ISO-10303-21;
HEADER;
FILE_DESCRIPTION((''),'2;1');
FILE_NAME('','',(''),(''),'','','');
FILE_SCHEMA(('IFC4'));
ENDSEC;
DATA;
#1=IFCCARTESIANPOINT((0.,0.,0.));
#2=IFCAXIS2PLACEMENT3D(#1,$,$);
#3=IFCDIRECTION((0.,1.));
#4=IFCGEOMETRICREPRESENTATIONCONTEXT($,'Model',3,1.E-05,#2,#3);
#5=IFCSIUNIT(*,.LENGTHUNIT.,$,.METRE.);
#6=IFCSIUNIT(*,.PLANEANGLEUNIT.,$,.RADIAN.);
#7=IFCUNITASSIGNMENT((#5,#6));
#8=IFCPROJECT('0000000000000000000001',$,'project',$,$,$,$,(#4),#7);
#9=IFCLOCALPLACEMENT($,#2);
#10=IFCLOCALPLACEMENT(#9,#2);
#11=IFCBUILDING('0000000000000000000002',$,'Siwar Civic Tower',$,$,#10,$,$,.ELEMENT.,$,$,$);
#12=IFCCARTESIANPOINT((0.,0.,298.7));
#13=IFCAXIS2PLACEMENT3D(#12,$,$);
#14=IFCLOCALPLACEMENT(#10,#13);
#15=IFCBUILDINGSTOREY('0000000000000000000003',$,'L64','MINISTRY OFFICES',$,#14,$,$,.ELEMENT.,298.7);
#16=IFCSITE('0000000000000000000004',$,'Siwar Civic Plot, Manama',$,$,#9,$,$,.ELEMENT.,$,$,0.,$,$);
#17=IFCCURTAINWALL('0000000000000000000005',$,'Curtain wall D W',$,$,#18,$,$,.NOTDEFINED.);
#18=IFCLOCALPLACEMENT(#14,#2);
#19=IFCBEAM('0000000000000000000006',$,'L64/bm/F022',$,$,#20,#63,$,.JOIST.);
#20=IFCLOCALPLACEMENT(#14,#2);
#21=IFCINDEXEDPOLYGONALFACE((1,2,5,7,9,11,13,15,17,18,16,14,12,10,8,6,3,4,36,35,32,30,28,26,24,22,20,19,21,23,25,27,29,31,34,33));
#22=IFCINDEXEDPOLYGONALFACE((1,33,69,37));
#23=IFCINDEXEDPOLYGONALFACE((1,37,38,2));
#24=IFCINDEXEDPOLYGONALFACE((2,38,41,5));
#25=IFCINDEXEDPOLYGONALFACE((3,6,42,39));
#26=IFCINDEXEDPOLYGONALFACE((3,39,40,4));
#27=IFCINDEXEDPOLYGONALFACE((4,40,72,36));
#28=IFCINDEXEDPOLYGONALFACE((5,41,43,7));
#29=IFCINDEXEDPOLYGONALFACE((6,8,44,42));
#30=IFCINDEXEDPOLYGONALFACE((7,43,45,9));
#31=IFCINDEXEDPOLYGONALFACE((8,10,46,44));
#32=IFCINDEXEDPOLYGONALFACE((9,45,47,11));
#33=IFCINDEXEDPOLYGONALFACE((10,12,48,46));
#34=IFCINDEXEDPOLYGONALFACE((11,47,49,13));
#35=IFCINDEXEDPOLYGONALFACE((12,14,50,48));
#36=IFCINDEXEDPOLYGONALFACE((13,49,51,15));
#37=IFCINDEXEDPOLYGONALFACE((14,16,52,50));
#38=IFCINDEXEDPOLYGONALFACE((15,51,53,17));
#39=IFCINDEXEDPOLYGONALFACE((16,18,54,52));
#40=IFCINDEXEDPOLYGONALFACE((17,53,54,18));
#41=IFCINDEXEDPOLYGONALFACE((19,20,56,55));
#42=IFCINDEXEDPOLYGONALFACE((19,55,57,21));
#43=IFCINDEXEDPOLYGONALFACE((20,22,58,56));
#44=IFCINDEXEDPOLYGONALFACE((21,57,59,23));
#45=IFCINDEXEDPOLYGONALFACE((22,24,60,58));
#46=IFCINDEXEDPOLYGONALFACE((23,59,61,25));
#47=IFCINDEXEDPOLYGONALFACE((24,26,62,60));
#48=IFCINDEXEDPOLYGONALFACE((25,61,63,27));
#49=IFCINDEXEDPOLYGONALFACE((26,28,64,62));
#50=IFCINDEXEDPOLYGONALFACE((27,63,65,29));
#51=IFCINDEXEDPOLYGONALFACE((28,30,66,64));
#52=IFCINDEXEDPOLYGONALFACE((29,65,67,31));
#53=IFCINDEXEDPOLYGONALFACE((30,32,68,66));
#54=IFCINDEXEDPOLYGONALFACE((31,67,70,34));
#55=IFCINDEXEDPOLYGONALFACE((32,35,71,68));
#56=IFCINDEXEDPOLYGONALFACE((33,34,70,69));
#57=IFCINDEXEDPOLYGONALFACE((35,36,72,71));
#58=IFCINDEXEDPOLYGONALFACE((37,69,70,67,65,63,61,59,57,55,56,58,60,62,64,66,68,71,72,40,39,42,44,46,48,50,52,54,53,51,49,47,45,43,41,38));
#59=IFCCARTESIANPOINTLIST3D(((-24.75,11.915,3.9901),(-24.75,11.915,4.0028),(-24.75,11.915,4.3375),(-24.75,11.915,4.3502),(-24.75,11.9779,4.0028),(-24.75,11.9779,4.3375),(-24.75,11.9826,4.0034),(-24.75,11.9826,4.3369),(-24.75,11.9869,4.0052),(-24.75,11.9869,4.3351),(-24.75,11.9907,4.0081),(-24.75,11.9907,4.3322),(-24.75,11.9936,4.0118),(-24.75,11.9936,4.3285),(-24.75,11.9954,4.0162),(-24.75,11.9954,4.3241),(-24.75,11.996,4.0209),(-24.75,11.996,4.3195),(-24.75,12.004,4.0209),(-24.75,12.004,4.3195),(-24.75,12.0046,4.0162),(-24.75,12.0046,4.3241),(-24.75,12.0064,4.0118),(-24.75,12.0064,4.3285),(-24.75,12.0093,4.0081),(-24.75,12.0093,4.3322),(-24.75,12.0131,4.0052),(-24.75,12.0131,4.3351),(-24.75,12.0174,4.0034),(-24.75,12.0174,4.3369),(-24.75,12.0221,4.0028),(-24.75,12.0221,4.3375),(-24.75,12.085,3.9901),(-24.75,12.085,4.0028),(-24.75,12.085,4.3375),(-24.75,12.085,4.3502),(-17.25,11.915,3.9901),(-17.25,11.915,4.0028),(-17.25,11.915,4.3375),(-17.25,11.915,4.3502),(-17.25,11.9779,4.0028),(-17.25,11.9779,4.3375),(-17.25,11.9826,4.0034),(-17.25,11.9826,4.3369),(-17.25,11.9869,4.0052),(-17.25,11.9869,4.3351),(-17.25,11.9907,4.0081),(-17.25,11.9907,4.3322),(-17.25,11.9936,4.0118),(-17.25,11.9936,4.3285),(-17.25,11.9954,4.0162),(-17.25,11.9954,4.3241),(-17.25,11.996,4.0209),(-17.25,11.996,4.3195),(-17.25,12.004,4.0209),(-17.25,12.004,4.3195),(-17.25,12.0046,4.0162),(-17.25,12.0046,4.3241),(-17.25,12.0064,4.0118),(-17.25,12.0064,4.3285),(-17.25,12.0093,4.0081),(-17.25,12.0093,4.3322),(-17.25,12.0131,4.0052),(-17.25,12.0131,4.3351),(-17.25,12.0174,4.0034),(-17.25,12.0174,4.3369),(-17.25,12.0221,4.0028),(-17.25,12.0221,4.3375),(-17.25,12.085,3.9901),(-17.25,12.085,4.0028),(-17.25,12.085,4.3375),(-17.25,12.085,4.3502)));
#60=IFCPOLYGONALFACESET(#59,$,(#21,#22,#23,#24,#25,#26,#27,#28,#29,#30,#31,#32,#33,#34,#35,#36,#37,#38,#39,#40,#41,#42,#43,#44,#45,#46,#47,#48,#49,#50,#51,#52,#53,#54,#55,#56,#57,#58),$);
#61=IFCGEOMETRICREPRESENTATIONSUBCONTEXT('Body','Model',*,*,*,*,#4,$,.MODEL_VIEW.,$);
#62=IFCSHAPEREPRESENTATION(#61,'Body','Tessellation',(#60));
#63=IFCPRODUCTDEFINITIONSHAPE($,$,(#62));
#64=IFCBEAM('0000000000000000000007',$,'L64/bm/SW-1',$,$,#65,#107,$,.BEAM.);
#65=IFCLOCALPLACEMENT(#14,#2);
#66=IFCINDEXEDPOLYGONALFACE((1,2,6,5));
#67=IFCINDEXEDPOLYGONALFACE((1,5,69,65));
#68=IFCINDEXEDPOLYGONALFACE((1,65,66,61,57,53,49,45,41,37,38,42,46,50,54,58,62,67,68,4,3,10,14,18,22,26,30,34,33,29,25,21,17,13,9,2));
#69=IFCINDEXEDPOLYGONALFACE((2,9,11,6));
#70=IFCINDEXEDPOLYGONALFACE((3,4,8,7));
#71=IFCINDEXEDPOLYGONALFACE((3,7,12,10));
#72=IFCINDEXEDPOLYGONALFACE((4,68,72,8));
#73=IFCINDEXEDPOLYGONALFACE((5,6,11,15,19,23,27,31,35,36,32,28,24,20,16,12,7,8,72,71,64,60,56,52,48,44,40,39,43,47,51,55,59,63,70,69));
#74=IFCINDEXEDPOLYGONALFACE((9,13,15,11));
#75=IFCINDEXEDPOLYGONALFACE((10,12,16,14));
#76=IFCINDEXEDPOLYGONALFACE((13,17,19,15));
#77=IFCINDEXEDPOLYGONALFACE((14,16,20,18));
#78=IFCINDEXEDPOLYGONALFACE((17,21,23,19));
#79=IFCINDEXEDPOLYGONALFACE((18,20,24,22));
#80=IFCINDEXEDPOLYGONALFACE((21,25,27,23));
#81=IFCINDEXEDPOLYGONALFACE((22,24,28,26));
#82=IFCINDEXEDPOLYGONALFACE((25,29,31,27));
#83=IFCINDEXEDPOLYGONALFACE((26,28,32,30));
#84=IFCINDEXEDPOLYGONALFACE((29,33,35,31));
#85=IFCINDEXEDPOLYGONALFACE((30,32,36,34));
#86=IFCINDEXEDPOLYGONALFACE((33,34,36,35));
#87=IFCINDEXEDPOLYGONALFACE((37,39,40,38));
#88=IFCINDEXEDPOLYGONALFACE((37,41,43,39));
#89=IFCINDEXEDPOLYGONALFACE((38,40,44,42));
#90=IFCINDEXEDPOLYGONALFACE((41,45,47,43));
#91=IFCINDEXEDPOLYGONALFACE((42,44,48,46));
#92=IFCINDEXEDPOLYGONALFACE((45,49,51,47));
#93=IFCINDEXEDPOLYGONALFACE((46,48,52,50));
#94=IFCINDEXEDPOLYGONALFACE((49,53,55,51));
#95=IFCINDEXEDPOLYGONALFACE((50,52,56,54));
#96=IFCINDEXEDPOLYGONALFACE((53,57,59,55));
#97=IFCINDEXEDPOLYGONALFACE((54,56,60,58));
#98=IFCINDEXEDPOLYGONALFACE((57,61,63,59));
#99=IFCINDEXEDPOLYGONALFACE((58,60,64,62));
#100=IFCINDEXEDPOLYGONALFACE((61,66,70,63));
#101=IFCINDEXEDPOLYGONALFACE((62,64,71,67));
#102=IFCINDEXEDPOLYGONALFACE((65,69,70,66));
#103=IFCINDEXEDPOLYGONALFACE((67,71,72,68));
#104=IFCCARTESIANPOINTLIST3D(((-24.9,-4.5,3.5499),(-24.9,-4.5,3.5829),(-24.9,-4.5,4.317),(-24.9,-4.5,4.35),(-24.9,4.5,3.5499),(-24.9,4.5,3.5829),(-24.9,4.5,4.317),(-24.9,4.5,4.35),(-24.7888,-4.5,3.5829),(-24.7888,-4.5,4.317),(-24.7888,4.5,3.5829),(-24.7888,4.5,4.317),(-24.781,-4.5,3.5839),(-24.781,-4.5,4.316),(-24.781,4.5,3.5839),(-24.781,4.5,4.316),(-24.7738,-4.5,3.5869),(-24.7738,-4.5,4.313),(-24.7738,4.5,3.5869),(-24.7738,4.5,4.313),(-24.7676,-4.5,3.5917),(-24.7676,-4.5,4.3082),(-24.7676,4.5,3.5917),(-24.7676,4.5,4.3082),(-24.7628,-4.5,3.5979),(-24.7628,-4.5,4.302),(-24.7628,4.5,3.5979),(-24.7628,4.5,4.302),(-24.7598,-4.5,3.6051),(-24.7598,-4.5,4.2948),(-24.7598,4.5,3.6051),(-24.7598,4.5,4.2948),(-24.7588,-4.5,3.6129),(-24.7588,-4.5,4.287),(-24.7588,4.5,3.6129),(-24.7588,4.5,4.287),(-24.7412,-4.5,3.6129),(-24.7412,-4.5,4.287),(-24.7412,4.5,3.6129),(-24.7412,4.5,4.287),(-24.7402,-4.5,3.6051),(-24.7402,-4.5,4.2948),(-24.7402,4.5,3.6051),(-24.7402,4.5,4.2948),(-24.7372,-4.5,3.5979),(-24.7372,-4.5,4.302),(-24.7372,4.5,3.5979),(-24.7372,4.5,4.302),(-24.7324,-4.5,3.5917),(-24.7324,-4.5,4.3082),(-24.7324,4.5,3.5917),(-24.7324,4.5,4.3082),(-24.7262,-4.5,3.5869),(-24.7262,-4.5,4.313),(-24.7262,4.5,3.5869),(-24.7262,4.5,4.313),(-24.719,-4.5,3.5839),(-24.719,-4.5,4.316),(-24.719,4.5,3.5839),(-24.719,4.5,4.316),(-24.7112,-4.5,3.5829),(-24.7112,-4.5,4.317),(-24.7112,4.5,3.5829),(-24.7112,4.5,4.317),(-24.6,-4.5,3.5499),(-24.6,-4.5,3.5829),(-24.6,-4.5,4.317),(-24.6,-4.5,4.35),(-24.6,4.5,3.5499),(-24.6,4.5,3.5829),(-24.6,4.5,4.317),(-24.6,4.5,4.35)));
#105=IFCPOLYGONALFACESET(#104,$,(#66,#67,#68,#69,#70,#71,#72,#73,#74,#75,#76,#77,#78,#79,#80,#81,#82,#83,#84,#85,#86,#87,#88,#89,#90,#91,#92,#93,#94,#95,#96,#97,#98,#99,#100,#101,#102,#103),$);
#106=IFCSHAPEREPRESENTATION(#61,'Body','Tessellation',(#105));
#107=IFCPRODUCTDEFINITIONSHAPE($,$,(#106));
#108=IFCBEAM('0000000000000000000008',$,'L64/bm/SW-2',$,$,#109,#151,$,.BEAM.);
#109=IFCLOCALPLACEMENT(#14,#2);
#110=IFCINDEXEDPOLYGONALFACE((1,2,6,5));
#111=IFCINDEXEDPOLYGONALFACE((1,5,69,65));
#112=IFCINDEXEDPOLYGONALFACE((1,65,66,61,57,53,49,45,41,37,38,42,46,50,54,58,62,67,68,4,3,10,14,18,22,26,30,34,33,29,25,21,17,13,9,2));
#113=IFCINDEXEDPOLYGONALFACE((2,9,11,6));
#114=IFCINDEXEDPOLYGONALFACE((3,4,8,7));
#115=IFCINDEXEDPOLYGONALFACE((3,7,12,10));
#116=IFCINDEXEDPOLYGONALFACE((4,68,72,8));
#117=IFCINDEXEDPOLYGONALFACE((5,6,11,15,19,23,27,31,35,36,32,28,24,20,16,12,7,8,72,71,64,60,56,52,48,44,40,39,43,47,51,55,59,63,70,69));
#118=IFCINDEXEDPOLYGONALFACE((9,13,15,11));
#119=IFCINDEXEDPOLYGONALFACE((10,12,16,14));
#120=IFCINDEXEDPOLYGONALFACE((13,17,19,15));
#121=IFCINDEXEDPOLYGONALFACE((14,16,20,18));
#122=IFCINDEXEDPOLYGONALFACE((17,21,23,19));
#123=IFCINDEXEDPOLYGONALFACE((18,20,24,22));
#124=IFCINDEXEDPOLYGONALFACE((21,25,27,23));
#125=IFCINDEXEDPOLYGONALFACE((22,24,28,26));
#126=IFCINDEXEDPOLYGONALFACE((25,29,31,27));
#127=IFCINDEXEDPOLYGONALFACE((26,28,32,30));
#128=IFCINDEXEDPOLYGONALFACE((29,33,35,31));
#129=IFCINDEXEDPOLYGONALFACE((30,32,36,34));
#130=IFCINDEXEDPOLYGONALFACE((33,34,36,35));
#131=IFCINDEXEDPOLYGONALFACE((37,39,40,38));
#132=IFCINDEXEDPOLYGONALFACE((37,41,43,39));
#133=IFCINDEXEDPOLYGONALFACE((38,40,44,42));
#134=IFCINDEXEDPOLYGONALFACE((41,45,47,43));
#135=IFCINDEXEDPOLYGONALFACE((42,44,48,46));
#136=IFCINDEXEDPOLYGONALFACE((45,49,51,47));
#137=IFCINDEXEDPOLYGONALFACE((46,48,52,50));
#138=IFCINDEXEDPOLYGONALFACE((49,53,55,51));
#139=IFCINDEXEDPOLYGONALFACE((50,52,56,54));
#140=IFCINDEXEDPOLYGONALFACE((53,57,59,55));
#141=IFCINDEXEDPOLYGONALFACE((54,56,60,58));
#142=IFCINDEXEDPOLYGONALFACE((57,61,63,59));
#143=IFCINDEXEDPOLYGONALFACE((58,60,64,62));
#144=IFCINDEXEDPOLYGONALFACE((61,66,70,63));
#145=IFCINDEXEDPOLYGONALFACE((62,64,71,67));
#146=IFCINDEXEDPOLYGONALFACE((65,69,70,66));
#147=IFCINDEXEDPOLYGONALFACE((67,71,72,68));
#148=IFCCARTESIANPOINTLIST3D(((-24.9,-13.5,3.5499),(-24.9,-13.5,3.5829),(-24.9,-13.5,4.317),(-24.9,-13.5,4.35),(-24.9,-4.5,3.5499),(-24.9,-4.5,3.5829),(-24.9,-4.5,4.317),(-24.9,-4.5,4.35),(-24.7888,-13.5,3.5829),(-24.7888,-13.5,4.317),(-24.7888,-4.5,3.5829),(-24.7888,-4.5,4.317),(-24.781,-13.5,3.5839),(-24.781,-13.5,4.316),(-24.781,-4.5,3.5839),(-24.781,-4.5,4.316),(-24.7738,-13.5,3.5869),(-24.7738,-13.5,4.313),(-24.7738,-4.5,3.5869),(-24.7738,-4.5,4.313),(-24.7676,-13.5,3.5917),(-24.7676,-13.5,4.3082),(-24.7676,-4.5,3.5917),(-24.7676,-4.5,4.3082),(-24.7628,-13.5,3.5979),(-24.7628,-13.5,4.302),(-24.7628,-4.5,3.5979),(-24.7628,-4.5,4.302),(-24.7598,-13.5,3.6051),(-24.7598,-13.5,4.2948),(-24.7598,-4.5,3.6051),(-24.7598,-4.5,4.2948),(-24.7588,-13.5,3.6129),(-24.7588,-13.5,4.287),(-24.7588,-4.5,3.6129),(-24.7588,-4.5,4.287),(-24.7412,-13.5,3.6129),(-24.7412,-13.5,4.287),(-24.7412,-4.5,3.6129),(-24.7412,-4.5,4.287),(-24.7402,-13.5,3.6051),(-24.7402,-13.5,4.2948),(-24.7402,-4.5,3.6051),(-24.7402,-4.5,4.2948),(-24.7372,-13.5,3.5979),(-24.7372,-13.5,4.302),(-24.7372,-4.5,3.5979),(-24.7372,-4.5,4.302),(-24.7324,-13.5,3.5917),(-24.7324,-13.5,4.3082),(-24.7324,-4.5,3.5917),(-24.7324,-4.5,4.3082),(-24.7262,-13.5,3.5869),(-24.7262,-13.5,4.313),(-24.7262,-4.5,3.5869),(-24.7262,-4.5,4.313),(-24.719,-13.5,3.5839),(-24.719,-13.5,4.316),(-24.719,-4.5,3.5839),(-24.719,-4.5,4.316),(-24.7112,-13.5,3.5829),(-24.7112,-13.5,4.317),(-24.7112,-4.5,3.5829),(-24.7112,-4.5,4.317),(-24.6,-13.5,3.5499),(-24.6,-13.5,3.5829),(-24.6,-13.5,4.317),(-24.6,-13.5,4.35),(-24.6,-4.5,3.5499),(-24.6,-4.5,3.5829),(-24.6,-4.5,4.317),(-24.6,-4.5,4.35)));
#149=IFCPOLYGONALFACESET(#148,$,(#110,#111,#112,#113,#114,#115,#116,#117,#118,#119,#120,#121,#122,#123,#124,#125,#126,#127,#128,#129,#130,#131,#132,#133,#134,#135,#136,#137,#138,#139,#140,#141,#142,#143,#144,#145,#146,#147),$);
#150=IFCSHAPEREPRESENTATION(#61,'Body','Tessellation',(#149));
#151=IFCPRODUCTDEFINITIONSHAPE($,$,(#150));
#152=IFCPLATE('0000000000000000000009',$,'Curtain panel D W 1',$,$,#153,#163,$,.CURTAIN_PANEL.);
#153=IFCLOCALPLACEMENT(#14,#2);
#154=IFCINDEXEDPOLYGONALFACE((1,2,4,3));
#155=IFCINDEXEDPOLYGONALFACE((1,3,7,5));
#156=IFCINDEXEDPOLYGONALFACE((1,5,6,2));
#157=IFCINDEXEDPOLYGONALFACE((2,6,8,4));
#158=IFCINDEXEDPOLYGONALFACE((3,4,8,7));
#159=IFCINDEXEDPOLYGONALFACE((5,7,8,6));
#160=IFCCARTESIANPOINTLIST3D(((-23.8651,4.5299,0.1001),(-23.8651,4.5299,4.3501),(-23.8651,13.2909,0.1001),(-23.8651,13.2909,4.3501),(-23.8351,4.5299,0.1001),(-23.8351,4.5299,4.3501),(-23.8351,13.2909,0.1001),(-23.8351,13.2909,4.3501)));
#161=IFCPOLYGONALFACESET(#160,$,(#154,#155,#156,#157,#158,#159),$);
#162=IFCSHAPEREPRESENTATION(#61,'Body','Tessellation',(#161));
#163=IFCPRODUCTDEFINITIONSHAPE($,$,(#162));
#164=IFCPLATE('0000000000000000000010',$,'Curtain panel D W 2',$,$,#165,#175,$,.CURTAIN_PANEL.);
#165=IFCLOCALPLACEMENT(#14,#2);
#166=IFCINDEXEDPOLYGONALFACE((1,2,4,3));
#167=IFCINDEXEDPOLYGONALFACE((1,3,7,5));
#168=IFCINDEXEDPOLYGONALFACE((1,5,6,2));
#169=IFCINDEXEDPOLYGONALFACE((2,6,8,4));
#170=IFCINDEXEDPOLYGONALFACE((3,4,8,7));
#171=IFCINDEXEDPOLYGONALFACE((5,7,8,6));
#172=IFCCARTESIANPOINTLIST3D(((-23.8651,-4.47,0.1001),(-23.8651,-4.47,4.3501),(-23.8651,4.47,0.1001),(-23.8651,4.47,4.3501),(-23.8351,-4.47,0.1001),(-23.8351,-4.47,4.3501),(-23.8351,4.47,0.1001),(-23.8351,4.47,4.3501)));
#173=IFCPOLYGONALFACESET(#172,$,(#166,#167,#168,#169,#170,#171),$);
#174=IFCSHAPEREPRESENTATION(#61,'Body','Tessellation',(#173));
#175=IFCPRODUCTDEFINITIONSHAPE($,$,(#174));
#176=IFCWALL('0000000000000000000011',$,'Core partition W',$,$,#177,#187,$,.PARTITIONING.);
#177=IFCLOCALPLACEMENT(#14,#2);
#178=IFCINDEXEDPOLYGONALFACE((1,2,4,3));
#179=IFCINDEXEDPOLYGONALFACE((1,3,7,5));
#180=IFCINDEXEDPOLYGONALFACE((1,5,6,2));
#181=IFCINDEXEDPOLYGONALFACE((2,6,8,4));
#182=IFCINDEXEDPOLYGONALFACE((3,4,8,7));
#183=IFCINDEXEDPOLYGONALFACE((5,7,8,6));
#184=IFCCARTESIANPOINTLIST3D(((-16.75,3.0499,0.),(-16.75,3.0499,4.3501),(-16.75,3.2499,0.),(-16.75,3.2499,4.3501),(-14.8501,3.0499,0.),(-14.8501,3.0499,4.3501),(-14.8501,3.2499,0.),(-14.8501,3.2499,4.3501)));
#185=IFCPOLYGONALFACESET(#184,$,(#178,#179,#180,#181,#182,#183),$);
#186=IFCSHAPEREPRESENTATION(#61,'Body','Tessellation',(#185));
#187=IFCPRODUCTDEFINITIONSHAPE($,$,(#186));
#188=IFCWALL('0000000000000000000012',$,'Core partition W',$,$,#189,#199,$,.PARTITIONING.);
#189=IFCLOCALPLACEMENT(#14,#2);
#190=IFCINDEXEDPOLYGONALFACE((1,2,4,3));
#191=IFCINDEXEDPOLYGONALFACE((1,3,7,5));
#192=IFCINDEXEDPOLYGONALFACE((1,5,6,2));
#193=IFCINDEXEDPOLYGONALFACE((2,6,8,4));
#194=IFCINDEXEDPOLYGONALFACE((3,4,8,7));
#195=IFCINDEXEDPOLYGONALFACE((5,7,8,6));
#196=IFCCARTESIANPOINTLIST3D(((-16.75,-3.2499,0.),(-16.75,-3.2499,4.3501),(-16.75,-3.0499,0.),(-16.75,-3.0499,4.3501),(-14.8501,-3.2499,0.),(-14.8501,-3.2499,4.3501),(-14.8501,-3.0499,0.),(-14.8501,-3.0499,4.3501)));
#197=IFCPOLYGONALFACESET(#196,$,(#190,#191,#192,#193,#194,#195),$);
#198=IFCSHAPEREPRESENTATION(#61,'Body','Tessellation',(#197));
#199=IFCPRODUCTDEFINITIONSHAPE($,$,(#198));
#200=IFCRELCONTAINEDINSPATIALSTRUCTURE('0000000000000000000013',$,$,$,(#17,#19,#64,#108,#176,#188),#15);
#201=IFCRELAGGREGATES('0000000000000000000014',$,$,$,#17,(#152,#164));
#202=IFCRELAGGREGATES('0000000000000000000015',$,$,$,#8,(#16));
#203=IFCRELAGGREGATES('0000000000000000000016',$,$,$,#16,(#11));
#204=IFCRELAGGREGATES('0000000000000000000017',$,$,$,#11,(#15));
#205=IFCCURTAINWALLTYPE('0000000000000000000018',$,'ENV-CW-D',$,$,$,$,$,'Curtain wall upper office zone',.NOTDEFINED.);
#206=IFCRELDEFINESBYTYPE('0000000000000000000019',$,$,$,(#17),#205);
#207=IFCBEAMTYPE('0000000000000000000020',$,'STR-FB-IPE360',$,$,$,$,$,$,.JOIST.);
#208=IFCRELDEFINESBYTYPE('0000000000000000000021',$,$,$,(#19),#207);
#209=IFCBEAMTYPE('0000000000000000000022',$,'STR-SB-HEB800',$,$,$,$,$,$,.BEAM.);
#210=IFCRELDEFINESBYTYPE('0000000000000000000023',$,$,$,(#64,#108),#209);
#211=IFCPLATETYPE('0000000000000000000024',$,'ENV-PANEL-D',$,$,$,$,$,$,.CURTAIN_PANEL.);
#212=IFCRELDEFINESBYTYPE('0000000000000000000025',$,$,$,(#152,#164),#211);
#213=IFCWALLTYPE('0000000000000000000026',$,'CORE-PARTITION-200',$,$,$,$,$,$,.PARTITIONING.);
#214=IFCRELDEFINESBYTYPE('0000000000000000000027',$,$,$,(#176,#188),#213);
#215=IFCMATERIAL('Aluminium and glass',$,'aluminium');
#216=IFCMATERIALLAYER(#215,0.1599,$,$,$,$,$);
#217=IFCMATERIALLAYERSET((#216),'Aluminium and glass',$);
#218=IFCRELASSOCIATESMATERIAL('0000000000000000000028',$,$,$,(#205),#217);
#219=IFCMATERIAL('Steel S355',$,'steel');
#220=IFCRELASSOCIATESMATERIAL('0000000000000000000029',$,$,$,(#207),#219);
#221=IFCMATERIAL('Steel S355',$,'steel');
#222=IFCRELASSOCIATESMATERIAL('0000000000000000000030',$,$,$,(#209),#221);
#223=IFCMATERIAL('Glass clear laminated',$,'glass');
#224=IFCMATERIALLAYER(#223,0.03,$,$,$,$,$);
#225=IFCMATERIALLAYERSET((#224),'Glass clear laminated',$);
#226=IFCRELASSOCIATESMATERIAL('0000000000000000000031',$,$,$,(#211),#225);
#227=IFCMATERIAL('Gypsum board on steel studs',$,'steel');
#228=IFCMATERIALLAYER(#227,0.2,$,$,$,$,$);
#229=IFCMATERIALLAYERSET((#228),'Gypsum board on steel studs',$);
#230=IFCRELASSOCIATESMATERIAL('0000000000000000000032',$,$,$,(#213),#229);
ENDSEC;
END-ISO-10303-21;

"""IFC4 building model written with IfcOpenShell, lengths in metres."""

from ifc_helpers import new_model, si_unit, direction, frame, frame_2d, origin, origin_2d, place, context, subcontext, project, spatial, rectangle, i_section, extrude, material, layer, layer_set, material_profile, profile_set, type_object, element, aggregate, save


model = new_model("IFC4")

# Units and contexts
model_context = context("Model", 3, precision=1e-05, world=origin(), true_north=direction((0.0, 1.0)))
body_context = subcontext(model_context, "Body", "Model", "MODEL_VIEW")
ifc_project = project(units=[si_unit("LENGTHUNIT", "METRE"), si_unit("PLANEANGLEUNIT", "RADIAN")], contexts=[model_context])

# Site, building, storey
site_placement = place(None, origin())
site = spatial("IfcSite", under=ifc_project, at=site_placement, Name="Siwar Civic Plot, Manama", CompositionType="ELEMENT", RefElevation=0.0)
building_placement = place(site_placement, origin())
building = spatial("IfcBuilding", under=site, at=building_placement, Name="Siwar Civic Tower", CompositionType="ELEMENT")
storey_placement = place(building_placement, frame((0.0, 0.0, 298.7)))
storey = spatial("IfcBuildingStorey", under=building, at=storey_placement, Name="L64", Description="MINISTRY OFFICES", CompositionType="ELEMENT", Elevation=298.7)

# Curtain wall
ifc_material_1 = material(Name="Aluminium and glass", Category="aluminium")
ifc_layer_1 = layer(ifc_material_1, 0.1599)
ifc_layer_set_1 = layer_set([ifc_layer_1], Name="Aluminium and glass")
curtain_wall_type = type_object("IfcCurtainWallType", Name="ENV-CW-D", ElementType="Curtain wall upper office zone", PredefinedType="NOTDEFINED", material=ifc_layer_set_1)
curtain_wall_placement = place(storey_placement, origin())
curtain_wall = element("IfcCurtainWall", 1, at=curtain_wall_placement, inside=storey, type_object=curtain_wall_type, Name="Curtain wall D W", PredefinedType="NOTDEFINED")

# Beams
ifc_material_2 = material(Name="Steel S355", Category="steel")
ifc_material_profile_1 = material_profile(ifc_material_2, i_section(OverallWidth=0.1699, OverallDepth=0.3601, WebThickness=0.0081, FlangeThickness=0.0127, FilletRadius=0.0181, at=origin_2d()), Name="IPE360")
ifc_profile_set_1 = profile_set([ifc_material_profile_1], Name="Steel S355")
beam_type_1 = type_object("IfcBeamType", Name="STR-FB-IPE360", PredefinedType="JOIST", material=ifc_profile_set_1)
for number, where, z_axis, x_axis, name in (
    (2, (-24.75, 12.0, 4.1702), (1.0, 0.0, 0.0), (0.0, 1.0, 0.0), "L64/bm/F022"),
):
    element("IfcBeam", number, at=place(storey_placement, frame(where, z_axis=z_axis, x_axis=x_axis)), inside=storey, type_object=beam_type_1, Name=name, PredefinedType="JOIST", context=body_context, shape_type="SweptSolid", body=[
        extrude(i_section(OverallWidth=0.1699, OverallDepth=0.3601, WebThickness=0.0081, FlangeThickness=0.0127, FilletRadius=0.0181, at=origin_2d()), origin(), (0.0, 0.0, 1.0), 7.5),
    ])
ifc_material_3 = material(Name="Steel S355", Category="steel")
ifc_material_profile_2 = material_profile(ifc_material_3, i_section(OverallWidth=0.3, OverallDepth=0.8, WebThickness=0.0176, FlangeThickness=0.033, FilletRadius=0.03, at=origin_2d()), Name="HEB800")
ifc_profile_set_2 = profile_set([ifc_material_profile_2], Name="Steel S355")
beam_type_2 = type_object("IfcBeamType", Name="STR-SB-HEB800", PredefinedType="BEAM", material=ifc_profile_set_2)
for number, where, z_axis, x_axis, name in (
    (3, (-24.75, 4.5, 3.95), (0.0, -1.0, 0.0), (1.0, 0.0, 0.0), "L64/bm/SW-1"),
    (4, (-24.75, -4.5, 3.95), (0.0, -1.0, 0.0), (1.0, 0.0, 0.0), "L64/bm/SW-2"),
):
    element("IfcBeam", number, at=place(storey_placement, frame(where, z_axis=z_axis, x_axis=x_axis)), inside=storey, type_object=beam_type_2, Name=name, PredefinedType="BEAM", context=body_context, shape_type="SweptSolid", body=[
        extrude(i_section(OverallWidth=0.3, OverallDepth=0.8, WebThickness=0.0176, FlangeThickness=0.033, FilletRadius=0.03, at=origin_2d()), origin(), (0.0, 0.0, 1.0), 9.0),
    ])

# Plates
ifc_material_4 = material(Name="Glass clear laminated", Category="glass")
ifc_layer_2 = layer(ifc_material_4, 0.03)
ifc_layer_set_2 = layer_set([ifc_layer_2], Name="Glass clear laminated")
plate_type = type_object("IfcPlateType", Name="ENV-PANEL-D", PredefinedType="CURTAIN_PANEL", material=ifc_layer_set_2)
plate_1_placement = place(storey_placement, frame((-23.8501, 8.9104, 0.1001), z_axis=(0.0, 0.0, 1.0), x_axis=(0.0, -1.0, 0.0)))
plate_1 = element("IfcPlate", 5, at=plate_1_placement, type_object=plate_type, Name="Curtain panel D W 1", PredefinedType="CURTAIN_PANEL", context=body_context, shape_type="SweptSolid", body=[
    extrude(rectangle(XDim=8.761, YDim=0.03, at=origin_2d()), origin(), (0.0, 0.0, 1.0), 4.25),
])
plate_2_placement = place(storey_placement, frame((-23.8501, 0.0, 0.1001), z_axis=(0.0, 0.0, 1.0), x_axis=(0.0, -1.0, 0.0)))
plate_2 = element("IfcPlate", 6, at=plate_2_placement, type_object=plate_type, Name="Curtain panel D W 2", PredefinedType="CURTAIN_PANEL", context=body_context, shape_type="SweptSolid", body=[
    extrude(rectangle(XDim=8.9399, YDim=0.03, at=origin_2d()), origin(), (0.0, 0.0, 1.0), 4.25),
])
aggregate(curtain_wall, [plate_1, plate_2])

# Walls
ifc_material_5 = material(Name="Gypsum board on steel studs", Category="steel")
ifc_layer_3 = layer(ifc_material_5, 0.2)
ifc_layer_set_3 = layer_set([ifc_layer_3], Name="Gypsum board on steel studs")
wall_type = type_object("IfcWallType", Name="CORE-PARTITION-200", PredefinedType="PARTITIONING", material=ifc_layer_set_3)
for number, where, z_axis, x_axis, name in (
    (7, (-14.8501, 3.1499, 0.0), (0.0, 0.0, 1.0), (-1.0, 0.0, 0.0), "Core partition W"),
    (8, (-14.8501, -3.1499, 0.0), (0.0, 0.0, 1.0), (-1.0, 0.0, 0.0), "Core partition W"),
):
    element("IfcWall", number, at=place(storey_placement, frame(where, z_axis=z_axis, x_axis=x_axis)), inside=storey, type_object=wall_type, Name=name, PredefinedType="PARTITIONING", context=body_context, shape_type="SweptSolid", body=[
        extrude(rectangle(XDim=1.8999, YDim=0.2, at=frame_2d((0.95, 0.0))), origin(), (0.0, 0.0, 1.0), 4.3501),
    ])

save(model, "model.ifc")
